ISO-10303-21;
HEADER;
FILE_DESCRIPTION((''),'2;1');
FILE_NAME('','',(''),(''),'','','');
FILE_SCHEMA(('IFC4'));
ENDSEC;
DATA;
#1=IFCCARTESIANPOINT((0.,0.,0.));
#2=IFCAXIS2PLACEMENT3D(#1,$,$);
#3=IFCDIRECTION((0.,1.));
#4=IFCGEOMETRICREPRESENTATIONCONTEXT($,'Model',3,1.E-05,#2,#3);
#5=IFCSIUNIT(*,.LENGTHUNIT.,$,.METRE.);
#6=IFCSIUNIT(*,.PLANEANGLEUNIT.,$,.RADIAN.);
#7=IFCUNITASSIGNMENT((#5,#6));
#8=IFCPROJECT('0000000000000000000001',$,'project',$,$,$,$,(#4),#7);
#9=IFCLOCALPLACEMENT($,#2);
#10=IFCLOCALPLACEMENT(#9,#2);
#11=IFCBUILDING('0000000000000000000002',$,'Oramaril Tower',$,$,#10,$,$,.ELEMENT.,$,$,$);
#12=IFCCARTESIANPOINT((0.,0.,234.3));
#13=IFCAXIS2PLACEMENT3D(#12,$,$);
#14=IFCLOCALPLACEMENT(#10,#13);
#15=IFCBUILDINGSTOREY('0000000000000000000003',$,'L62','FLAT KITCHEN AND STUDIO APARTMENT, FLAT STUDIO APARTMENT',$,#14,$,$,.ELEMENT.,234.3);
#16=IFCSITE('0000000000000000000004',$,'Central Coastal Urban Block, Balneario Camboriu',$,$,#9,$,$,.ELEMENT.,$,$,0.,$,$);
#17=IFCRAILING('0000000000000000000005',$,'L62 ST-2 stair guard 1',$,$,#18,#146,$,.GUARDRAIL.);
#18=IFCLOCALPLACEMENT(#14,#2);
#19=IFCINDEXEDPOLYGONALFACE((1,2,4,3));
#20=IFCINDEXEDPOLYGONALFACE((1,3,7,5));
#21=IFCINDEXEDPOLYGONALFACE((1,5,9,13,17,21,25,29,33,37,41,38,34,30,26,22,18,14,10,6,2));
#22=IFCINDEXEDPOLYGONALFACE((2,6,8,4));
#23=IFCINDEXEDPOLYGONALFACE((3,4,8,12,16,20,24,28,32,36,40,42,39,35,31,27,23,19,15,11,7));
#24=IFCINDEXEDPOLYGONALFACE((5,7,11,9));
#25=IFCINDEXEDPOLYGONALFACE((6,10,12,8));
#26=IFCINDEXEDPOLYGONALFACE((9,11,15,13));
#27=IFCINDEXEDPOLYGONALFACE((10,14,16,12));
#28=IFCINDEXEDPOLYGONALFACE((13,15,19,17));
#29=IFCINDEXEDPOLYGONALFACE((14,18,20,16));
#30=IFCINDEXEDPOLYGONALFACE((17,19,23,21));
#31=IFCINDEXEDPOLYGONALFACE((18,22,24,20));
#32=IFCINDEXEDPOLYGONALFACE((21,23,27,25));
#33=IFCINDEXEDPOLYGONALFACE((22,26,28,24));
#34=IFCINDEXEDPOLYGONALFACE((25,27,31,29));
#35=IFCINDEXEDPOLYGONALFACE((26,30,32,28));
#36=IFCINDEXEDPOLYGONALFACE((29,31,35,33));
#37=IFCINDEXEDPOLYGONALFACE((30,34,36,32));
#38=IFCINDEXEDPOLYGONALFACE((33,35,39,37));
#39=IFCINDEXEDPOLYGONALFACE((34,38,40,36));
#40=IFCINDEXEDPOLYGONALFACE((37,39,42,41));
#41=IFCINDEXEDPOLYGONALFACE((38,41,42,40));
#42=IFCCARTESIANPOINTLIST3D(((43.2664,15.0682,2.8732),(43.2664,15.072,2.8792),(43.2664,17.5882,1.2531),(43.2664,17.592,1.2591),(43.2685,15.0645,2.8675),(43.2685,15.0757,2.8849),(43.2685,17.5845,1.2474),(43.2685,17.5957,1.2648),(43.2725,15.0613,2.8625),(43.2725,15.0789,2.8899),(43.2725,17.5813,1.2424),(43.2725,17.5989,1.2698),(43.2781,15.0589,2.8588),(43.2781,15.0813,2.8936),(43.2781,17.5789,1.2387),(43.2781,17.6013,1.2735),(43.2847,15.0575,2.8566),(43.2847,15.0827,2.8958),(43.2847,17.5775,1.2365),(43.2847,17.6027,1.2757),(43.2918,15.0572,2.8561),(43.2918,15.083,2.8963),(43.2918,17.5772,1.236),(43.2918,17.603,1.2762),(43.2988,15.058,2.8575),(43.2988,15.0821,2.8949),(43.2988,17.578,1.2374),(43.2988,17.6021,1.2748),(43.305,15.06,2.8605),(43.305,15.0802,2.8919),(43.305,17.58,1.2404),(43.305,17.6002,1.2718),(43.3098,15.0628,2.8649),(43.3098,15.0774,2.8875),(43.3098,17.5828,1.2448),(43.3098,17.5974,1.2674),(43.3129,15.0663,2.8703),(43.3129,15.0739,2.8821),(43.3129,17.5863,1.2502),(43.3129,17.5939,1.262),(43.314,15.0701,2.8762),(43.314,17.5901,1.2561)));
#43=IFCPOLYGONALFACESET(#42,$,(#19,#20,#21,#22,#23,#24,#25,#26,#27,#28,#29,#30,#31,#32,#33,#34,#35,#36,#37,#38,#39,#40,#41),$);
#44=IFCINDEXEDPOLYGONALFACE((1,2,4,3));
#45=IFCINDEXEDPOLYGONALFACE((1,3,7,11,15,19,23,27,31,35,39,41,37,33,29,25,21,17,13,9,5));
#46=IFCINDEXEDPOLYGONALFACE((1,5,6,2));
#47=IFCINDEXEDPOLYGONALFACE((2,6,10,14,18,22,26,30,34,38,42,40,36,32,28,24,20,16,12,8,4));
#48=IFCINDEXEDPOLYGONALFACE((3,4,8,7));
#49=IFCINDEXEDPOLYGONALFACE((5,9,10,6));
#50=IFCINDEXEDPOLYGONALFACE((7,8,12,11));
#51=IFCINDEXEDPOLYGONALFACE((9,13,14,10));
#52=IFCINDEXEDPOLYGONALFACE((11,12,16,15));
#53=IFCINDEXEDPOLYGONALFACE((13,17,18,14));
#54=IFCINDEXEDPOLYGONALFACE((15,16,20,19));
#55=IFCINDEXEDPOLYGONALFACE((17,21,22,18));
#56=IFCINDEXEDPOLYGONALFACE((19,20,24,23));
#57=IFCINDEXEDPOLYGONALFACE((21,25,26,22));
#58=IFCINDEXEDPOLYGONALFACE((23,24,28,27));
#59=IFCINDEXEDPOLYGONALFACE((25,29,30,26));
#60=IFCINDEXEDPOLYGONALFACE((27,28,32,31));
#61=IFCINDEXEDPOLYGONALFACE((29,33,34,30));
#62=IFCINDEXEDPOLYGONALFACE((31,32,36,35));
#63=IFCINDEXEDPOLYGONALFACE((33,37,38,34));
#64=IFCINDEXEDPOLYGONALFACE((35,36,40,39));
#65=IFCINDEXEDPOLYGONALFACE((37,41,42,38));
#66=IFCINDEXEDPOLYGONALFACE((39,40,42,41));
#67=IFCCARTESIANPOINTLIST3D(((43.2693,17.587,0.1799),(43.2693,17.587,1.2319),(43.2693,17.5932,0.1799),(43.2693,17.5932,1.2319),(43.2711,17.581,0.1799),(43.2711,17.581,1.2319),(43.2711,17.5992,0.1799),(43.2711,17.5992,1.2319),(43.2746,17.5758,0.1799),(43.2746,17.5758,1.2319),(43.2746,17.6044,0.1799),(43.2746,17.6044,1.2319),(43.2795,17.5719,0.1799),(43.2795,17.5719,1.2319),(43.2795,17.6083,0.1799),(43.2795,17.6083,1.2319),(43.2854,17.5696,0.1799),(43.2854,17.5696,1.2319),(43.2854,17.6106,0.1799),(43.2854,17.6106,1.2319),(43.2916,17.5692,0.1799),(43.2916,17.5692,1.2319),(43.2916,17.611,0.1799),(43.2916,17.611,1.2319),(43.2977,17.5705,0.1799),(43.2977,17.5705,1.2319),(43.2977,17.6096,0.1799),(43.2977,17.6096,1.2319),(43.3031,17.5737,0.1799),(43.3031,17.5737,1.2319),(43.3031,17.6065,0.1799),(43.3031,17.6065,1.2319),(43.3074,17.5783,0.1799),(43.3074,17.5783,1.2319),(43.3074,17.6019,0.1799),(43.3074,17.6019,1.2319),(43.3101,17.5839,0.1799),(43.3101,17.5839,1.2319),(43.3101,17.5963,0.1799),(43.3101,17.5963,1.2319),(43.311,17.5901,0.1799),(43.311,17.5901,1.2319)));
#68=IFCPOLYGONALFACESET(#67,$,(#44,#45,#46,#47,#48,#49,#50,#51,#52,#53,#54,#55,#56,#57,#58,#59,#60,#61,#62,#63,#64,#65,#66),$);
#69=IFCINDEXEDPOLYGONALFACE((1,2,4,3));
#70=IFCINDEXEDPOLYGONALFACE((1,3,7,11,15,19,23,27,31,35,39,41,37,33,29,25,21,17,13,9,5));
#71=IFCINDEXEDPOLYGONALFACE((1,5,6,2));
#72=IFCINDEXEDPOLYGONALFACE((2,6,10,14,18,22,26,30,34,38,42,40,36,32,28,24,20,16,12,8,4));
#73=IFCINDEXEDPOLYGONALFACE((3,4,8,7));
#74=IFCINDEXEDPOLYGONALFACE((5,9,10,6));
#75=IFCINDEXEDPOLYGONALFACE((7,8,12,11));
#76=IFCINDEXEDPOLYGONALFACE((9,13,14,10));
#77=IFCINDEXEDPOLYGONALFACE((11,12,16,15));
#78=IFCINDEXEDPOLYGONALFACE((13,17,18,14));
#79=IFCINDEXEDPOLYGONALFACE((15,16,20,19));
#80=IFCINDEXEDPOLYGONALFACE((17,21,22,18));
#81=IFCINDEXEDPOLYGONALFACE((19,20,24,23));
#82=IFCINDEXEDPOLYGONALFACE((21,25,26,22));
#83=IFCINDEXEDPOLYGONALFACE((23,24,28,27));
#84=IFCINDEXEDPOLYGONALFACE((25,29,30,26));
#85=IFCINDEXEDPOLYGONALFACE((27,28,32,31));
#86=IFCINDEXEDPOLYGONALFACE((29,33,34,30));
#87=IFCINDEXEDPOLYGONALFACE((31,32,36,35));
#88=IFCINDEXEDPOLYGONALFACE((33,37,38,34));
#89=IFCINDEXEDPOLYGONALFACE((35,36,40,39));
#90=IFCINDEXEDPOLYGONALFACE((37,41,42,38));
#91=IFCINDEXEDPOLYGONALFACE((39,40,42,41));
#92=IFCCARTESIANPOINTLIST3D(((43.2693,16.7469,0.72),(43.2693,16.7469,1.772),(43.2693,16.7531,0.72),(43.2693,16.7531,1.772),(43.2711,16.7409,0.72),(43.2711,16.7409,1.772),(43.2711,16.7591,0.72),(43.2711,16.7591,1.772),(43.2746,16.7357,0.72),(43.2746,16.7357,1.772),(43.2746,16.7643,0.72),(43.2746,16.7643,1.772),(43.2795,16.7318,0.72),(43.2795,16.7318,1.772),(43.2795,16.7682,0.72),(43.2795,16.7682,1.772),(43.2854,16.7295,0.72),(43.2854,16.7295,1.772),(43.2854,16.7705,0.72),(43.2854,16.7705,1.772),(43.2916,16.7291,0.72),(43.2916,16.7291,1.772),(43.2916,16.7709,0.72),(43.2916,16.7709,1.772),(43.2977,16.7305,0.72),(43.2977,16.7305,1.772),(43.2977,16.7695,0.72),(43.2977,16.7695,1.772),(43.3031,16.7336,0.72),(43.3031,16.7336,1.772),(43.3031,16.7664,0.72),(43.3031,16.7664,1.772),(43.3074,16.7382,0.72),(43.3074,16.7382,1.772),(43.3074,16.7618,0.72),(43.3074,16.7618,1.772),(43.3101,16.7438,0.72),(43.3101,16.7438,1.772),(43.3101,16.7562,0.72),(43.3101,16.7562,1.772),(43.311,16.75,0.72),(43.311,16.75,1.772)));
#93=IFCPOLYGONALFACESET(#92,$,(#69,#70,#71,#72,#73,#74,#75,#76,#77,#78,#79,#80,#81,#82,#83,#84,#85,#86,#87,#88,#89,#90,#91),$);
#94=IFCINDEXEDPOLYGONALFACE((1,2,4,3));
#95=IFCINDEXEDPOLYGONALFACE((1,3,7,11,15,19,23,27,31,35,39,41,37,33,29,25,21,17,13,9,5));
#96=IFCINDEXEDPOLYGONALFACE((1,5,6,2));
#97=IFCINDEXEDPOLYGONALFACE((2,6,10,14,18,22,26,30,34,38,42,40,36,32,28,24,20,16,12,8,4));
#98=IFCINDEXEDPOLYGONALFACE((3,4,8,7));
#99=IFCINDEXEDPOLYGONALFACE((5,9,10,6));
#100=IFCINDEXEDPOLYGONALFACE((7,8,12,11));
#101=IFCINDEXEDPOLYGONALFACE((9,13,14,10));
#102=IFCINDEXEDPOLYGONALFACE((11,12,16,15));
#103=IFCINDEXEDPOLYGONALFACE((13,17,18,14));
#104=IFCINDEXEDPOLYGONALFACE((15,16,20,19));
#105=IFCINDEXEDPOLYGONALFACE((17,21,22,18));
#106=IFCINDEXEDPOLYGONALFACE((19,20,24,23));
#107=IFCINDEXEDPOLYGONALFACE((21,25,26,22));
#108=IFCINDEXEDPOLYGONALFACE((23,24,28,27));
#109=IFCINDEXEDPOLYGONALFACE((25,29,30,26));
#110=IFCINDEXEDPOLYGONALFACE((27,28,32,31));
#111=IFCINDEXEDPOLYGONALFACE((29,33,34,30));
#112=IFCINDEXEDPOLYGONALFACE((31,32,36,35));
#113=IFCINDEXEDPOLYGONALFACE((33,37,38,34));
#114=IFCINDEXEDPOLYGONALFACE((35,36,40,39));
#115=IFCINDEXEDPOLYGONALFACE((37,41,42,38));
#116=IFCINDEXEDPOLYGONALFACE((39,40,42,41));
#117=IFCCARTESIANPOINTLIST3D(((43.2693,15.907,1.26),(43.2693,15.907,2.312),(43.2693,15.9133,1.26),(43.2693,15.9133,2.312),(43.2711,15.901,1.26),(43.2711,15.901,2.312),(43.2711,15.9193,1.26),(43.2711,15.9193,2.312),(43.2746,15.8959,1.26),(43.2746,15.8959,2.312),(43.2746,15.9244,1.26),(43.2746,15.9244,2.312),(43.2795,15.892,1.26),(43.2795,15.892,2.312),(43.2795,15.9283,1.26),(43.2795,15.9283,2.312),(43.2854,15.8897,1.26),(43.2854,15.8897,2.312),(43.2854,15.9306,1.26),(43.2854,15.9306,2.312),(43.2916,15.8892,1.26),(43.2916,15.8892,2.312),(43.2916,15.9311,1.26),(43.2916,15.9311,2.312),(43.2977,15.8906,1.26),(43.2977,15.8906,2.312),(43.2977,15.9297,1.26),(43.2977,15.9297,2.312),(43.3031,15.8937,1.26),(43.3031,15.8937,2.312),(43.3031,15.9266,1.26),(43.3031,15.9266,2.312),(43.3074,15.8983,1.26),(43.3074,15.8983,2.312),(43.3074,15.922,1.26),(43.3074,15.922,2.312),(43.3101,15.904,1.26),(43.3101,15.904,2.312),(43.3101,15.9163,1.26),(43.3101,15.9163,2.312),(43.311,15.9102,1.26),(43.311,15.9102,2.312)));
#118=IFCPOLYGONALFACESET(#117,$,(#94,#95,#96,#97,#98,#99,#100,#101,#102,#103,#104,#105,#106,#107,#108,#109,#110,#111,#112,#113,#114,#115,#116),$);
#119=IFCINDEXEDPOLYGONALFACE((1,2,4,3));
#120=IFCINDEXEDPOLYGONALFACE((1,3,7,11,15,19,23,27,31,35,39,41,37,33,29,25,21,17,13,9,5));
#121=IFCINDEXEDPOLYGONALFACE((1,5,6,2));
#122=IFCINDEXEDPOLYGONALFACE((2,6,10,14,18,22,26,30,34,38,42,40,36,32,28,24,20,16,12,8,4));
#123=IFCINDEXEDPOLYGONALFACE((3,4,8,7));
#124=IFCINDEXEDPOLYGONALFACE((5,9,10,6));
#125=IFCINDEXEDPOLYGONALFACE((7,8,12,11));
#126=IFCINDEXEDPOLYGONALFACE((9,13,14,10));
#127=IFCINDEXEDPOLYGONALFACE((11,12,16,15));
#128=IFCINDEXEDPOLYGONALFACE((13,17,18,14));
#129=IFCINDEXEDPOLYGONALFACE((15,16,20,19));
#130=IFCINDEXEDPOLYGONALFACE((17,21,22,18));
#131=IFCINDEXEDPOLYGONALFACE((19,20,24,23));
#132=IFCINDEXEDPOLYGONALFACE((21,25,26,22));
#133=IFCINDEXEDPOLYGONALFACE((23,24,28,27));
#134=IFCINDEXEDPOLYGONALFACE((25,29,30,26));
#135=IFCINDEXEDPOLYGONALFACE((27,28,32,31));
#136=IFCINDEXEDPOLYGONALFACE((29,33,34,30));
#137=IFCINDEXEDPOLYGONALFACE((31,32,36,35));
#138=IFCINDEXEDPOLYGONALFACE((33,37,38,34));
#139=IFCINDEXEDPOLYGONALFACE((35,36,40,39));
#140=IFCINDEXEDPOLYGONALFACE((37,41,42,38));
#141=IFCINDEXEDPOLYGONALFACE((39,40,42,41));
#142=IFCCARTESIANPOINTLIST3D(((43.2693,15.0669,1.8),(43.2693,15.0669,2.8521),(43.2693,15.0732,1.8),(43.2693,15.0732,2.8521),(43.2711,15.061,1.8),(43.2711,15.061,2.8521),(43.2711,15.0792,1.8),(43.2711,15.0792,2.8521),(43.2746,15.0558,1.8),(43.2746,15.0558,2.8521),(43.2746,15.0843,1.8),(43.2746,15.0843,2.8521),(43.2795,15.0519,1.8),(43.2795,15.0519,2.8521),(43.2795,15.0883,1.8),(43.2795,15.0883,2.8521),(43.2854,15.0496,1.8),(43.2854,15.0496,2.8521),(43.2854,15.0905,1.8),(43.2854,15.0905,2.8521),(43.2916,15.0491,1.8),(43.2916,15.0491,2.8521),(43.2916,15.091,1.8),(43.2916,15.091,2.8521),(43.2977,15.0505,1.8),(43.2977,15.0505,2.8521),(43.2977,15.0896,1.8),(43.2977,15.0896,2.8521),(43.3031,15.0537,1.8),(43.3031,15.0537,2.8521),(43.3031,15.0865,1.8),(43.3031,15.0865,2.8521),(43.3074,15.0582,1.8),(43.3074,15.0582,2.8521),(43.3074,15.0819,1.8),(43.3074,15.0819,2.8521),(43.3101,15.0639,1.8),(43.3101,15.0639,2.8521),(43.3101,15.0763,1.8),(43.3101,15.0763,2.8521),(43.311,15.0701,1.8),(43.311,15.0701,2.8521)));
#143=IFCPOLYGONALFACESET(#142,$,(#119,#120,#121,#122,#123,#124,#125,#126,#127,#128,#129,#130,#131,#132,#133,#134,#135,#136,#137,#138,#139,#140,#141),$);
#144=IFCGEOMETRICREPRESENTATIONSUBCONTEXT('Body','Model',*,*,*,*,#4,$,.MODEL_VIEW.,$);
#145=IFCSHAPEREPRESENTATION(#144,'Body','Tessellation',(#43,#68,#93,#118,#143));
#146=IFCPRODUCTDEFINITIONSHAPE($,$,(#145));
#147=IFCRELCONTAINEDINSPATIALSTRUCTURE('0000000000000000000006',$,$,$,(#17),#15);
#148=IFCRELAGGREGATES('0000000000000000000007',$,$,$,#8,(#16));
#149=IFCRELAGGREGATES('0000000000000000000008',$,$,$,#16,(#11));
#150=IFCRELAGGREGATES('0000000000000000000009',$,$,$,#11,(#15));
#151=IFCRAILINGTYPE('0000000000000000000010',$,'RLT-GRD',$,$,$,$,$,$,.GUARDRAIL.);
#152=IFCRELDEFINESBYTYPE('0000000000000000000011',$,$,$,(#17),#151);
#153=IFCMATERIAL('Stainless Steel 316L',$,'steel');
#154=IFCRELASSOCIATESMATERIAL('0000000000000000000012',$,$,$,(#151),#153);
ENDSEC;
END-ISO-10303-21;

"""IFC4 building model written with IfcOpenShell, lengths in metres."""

from ifc_helpers import new_model, si_unit, direction, frame, origin, origin_2d, place, context, subcontext, project, spatial, circle, extrude, material, type_object, element, save


model = new_model("IFC4")

# Units and contexts
model_context = context("Model", 3, precision=1e-05, world=origin(), true_north=direction((0.0, 1.0)))
body_context = subcontext(model_context, "Body", "Model", "MODEL_VIEW")
ifc_project = project(units=[si_unit("LENGTHUNIT", "METRE"), si_unit("PLANEANGLEUNIT", "RADIAN")], contexts=[model_context])

# Site, building, storey
site_placement = place(None, origin())
site = spatial("IfcSite", under=ifc_project, at=site_placement, Name="Central Coastal Urban Block, Balneario Camboriu", CompositionType="ELEMENT", RefElevation=0.0)
building_placement = place(site_placement, origin())
building = spatial("IfcBuilding", under=site, at=building_placement, Name="Oramaril Tower", CompositionType="ELEMENT")
storey_placement = place(building_placement, frame((0.0, 0.0, 234.3)))
storey = spatial("IfcBuildingStorey", under=building, at=storey_placement, Name="L62", Description="FLAT KITCHEN AND STUDIO APARTMENT, FLAT STUDIO APARTMENT", CompositionType="ELEMENT", Elevation=234.3)

# Railing
ifc_material_1 = material(Name="Stainless Steel 316L", Category="steel")
railing_type_1 = type_object("IfcRailingType", Name="RLT-GRD", PredefinedType="GUARDRAIL", material=ifc_material_1)
railing_1_placement = place(storey_placement, frame((43.29, 17.5901, 0.1799)))
element("IfcRailing", 1, at=railing_1_placement, inside=storey, type_object=railing_type_1, Name="L62 ST-2 stair guard 1", PredefinedType="GUARDRAIL", context=body_context, shape_type="SweptSolid", body=[
    extrude(circle(Radius=0.0239, at=origin_2d()), frame((0.0, 0.0, 1.0762), z_axis=(0.0, -0.841163, 0.540782), x_axis=(1.0, 0.0, 0.0)), (0.0, 0.0, 1.0), 2.9958),
    extrude(circle(Radius=0.021, at=origin_2d()), origin(), (0.0, 0.0, 1.0), 1.052),
    extrude(circle(Radius=0.021, at=origin_2d()), frame((0.0, -0.8401, 0.54)), (0.0, 0.0, 1.0), 1.052),
    extrude(circle(Radius=0.021, at=origin_2d()), frame((0.0, -1.6799, 1.0801)), (0.0, 0.0, 1.0), 1.052),
    extrude(circle(Radius=0.021, at=origin_2d()), frame((0.0, -2.52, 1.6201)), (0.0, 0.0, 1.0), 1.052),
])

save(model, "model.ifc")
